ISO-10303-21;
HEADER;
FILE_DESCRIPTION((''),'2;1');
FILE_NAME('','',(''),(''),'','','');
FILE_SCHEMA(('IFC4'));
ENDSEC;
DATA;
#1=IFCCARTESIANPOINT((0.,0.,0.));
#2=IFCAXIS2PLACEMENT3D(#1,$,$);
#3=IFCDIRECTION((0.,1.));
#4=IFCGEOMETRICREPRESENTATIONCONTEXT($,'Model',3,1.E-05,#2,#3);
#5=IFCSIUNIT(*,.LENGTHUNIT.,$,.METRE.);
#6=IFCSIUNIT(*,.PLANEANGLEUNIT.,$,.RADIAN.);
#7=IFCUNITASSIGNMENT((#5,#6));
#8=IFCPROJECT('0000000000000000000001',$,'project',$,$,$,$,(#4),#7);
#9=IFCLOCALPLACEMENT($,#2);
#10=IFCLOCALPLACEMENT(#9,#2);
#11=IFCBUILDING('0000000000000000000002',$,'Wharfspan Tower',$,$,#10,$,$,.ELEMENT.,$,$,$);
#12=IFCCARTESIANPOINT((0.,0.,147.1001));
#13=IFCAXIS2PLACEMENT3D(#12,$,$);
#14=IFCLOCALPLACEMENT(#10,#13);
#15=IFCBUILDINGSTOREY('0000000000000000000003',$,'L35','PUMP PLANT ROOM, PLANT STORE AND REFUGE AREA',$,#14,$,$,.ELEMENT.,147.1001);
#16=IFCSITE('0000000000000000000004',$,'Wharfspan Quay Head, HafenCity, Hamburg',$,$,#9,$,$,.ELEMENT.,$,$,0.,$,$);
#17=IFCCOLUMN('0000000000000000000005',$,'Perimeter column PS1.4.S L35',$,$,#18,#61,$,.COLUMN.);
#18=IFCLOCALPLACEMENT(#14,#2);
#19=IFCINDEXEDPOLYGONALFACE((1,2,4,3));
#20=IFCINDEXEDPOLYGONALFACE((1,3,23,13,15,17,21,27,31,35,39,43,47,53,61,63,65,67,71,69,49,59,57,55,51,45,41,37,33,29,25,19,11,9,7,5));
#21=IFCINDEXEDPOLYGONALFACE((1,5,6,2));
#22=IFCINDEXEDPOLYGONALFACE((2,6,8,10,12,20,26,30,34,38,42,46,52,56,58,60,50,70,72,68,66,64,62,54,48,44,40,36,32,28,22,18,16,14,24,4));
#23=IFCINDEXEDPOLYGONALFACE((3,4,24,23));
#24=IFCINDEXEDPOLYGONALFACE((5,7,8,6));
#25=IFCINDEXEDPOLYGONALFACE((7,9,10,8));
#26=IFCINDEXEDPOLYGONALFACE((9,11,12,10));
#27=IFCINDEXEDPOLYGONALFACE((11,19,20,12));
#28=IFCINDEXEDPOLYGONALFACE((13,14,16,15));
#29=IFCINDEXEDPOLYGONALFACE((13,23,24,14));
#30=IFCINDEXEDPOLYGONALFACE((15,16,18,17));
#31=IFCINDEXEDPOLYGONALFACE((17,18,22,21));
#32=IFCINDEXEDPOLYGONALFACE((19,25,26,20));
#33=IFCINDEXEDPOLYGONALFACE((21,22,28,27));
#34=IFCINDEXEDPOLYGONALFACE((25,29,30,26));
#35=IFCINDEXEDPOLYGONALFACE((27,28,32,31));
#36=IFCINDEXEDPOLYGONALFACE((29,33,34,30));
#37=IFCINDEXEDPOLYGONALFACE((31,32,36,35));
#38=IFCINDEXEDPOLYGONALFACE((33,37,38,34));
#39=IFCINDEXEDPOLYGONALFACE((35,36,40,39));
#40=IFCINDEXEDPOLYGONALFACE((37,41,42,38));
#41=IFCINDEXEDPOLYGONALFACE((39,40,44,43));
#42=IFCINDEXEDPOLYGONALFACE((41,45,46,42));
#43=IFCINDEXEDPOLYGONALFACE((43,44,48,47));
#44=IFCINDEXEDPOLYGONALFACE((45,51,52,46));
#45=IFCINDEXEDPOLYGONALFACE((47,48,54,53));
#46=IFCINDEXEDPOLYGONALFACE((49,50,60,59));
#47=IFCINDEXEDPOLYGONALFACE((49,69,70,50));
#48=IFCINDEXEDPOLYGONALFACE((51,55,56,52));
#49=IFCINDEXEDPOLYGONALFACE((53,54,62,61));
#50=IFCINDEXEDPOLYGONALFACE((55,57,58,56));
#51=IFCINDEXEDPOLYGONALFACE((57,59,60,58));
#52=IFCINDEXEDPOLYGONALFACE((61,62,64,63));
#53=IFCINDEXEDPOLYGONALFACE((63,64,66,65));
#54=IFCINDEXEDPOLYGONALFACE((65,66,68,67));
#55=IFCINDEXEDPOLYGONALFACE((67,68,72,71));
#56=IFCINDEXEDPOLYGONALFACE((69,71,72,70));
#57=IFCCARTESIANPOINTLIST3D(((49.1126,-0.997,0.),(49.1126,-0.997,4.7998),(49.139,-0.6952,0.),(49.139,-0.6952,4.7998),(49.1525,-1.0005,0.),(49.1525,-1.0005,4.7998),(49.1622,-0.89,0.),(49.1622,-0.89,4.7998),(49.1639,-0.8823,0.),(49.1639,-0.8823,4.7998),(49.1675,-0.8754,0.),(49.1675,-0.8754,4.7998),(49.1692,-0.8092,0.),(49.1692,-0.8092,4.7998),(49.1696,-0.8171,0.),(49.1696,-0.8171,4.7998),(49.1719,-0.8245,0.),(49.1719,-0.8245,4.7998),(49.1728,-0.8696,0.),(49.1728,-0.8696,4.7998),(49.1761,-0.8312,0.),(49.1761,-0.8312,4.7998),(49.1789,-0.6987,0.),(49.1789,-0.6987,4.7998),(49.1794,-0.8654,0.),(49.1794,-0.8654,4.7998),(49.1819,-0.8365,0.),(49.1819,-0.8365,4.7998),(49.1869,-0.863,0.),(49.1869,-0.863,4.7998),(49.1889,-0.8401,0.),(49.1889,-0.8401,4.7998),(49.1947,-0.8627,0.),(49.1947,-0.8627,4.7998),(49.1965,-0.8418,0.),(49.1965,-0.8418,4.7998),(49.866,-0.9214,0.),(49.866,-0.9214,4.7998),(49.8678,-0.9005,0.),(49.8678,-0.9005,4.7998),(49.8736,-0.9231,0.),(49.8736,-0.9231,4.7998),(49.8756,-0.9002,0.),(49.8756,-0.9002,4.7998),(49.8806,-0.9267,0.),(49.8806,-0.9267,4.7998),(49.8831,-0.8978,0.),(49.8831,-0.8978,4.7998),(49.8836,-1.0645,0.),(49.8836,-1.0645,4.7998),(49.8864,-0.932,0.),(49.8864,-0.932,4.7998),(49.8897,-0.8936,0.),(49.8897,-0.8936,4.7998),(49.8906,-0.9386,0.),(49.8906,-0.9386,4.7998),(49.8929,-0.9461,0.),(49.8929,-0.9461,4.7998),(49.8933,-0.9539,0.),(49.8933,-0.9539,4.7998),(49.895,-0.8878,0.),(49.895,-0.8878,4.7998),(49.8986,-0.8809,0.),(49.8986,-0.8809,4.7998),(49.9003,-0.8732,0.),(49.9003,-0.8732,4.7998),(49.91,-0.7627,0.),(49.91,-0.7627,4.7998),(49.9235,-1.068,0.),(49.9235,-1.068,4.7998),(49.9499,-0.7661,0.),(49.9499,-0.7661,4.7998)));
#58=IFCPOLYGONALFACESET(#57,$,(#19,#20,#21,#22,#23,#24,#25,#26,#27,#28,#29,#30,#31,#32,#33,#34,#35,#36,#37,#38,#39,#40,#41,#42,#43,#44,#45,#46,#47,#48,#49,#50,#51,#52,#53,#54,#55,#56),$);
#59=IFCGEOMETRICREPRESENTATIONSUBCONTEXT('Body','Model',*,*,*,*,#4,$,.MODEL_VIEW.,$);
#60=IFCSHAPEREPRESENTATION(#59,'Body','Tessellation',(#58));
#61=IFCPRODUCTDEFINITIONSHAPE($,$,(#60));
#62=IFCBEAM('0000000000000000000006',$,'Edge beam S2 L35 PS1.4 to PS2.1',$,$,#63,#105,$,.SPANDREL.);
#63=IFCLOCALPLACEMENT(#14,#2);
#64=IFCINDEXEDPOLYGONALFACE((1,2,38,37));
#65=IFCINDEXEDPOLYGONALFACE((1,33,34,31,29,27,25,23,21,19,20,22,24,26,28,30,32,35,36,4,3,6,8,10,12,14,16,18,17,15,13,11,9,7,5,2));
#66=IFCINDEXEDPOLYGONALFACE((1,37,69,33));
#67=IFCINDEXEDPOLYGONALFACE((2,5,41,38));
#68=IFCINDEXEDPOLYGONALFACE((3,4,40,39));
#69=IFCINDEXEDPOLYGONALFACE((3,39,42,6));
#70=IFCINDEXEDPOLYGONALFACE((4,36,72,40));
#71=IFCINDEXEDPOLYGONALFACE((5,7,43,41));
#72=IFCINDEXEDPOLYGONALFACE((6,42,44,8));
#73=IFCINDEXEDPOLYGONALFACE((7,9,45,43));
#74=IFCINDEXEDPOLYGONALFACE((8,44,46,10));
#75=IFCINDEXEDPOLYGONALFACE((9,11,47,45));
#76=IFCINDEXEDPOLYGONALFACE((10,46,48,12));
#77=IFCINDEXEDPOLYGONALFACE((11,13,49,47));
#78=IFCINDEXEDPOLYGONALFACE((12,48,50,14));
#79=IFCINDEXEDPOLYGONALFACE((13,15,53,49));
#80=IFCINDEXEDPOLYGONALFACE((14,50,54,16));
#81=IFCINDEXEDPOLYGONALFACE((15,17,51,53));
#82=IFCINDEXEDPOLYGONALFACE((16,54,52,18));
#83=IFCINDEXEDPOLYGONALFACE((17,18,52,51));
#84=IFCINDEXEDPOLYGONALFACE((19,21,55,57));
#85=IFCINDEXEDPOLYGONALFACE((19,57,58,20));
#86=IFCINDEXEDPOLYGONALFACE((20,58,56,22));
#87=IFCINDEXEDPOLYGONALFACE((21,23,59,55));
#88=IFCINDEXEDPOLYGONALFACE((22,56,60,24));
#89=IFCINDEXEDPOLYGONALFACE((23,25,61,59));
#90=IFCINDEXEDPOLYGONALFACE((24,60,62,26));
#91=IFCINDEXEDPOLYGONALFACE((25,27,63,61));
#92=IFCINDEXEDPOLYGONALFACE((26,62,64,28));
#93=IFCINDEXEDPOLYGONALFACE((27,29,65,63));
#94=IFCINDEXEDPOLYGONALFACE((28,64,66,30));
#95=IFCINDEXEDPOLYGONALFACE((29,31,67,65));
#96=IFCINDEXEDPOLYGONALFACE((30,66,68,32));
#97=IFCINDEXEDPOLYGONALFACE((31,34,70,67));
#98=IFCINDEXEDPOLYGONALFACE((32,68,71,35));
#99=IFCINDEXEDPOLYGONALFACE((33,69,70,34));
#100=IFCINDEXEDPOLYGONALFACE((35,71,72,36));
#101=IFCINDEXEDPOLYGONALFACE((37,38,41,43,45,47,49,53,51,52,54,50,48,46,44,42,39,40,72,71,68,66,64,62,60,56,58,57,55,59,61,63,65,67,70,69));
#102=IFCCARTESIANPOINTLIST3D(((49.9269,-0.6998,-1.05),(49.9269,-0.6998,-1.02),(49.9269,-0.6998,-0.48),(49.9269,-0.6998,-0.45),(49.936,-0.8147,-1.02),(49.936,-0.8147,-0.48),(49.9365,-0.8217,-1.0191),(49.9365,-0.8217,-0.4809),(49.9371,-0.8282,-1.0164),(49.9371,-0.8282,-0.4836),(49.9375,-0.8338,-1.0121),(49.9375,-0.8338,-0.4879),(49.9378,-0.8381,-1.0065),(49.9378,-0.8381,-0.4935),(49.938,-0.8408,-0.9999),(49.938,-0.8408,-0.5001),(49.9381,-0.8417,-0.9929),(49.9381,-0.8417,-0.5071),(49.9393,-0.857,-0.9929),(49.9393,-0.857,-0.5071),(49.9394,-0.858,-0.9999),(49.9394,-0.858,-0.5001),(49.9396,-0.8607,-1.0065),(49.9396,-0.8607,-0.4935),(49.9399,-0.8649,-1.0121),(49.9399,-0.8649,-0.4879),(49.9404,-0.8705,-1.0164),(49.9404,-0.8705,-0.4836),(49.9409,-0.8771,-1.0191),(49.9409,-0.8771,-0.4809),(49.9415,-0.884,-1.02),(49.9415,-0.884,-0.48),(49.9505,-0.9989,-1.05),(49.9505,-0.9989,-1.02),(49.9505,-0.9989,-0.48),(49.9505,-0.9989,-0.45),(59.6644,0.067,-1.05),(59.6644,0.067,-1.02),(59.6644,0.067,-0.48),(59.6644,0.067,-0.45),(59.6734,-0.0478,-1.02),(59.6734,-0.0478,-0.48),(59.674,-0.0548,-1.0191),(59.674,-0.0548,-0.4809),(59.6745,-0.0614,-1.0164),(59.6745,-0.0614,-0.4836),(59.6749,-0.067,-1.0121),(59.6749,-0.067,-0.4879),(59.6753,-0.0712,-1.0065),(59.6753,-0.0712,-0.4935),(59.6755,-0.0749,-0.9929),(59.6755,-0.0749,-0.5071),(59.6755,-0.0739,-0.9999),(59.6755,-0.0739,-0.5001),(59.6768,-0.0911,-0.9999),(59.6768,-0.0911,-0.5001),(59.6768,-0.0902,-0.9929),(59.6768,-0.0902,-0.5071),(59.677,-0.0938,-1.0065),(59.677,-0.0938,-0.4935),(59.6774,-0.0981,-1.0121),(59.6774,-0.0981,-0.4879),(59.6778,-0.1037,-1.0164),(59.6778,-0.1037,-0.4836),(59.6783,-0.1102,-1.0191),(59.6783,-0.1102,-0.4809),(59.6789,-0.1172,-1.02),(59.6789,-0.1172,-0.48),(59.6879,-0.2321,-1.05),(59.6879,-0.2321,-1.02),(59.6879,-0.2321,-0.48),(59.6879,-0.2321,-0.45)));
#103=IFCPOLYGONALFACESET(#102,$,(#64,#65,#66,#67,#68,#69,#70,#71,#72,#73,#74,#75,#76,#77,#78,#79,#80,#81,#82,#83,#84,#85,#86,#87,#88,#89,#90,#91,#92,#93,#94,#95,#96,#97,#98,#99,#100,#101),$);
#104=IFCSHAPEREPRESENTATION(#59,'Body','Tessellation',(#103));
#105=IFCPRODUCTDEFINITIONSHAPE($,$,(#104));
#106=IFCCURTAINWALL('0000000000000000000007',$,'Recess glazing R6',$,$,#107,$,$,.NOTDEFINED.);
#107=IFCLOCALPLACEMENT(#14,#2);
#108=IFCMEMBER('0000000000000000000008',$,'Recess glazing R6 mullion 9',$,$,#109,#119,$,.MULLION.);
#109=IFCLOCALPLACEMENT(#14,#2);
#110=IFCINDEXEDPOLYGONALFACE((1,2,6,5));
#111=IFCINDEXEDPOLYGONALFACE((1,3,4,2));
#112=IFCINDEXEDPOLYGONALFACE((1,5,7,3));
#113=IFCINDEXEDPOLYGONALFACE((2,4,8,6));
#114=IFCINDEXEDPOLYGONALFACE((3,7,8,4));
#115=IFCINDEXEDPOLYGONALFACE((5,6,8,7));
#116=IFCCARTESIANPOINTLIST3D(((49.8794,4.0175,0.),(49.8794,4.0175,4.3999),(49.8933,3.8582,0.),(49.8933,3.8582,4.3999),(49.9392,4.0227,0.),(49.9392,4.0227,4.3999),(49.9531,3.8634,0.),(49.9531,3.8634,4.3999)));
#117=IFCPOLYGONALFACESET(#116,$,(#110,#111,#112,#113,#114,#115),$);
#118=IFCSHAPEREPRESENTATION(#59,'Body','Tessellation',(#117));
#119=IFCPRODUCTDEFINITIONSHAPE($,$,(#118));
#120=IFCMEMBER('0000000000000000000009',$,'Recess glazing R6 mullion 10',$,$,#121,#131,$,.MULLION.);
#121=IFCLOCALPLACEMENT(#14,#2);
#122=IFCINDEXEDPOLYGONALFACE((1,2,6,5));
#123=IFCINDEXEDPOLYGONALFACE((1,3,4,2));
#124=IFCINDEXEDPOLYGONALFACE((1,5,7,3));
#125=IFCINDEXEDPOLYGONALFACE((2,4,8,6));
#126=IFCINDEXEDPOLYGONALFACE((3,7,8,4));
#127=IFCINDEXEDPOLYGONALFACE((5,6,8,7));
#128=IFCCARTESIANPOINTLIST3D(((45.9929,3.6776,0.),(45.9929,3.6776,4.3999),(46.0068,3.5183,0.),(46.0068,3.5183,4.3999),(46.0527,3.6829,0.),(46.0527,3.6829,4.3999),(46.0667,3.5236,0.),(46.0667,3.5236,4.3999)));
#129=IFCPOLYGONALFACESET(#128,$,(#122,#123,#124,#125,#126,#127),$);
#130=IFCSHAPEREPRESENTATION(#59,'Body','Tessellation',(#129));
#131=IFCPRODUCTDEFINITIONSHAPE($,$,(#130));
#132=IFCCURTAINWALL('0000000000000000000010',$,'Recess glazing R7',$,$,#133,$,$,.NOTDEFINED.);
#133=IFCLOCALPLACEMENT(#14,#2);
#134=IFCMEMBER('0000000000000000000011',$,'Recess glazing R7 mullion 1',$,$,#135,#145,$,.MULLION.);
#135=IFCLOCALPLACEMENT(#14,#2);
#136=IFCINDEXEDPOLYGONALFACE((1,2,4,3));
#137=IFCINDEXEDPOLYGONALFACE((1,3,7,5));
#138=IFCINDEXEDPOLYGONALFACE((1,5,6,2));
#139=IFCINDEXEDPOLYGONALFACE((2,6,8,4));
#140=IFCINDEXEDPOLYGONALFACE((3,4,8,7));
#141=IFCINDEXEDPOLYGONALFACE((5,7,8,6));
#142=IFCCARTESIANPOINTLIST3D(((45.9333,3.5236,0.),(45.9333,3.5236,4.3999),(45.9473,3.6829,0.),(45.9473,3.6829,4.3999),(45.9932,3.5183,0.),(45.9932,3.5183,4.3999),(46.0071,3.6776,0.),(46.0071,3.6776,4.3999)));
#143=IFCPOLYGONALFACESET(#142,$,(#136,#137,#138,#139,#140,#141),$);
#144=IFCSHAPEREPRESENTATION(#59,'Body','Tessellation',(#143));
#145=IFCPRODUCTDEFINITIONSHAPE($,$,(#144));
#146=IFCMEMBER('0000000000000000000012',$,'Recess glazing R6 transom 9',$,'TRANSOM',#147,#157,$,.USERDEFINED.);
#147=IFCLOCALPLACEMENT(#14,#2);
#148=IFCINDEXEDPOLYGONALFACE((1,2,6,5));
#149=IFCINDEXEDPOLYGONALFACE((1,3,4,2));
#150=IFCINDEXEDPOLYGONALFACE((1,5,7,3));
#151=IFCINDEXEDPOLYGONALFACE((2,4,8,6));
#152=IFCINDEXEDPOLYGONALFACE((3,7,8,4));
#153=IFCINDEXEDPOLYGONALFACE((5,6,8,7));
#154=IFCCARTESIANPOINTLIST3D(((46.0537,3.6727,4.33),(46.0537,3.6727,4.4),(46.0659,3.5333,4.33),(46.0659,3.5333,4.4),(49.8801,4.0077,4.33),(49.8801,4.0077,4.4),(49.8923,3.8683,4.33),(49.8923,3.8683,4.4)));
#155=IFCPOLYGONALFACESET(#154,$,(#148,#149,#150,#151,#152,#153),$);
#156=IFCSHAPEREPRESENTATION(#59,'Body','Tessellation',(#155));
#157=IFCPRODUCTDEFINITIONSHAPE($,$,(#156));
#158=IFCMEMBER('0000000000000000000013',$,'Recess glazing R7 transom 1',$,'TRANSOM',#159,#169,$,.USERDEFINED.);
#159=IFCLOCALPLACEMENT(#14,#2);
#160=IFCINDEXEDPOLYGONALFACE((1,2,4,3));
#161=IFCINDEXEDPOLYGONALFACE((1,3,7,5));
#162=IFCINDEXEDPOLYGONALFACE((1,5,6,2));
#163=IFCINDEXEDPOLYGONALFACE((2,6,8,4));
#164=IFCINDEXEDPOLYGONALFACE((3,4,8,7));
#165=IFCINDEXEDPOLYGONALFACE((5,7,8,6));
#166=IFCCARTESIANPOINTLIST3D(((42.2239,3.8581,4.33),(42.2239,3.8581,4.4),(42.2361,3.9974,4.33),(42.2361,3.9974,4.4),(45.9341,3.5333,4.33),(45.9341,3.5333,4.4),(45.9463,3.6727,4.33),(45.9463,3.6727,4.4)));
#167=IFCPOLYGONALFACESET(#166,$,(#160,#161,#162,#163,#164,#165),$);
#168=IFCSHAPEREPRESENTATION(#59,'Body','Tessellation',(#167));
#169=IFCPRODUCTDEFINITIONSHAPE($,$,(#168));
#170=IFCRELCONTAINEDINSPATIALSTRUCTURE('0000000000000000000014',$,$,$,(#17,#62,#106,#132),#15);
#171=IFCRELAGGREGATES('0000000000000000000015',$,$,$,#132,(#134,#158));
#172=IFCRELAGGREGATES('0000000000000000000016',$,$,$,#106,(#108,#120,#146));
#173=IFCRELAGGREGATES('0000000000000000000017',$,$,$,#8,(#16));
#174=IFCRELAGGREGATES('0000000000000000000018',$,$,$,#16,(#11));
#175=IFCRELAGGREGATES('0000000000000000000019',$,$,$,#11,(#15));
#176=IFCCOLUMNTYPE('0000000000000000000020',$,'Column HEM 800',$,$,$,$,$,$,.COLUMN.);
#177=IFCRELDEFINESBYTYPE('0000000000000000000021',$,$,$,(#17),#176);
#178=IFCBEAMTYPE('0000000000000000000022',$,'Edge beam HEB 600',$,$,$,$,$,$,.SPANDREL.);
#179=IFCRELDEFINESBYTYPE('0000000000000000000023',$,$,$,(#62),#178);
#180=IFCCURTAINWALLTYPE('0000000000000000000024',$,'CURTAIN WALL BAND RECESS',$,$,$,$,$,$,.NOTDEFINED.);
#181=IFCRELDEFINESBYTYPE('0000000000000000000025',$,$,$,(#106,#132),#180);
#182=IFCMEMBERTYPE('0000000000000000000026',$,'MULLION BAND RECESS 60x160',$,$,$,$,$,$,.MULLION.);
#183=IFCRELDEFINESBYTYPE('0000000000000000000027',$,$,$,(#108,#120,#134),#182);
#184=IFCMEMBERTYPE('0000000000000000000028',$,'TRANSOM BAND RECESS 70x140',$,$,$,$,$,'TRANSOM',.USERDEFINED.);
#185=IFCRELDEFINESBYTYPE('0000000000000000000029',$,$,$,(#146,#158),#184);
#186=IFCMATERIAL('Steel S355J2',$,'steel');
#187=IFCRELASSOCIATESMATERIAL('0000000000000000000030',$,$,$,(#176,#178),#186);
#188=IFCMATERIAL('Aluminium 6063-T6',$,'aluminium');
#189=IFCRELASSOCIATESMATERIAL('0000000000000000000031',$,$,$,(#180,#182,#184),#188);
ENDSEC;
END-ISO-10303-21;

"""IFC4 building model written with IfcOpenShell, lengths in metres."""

from ifc_helpers import new_model, si_unit, direction, frame, origin, origin_2d, place, context, subcontext, project, spatial, rectangle, i_section, extrude, material, material_profile, profile_set, type_object, element, aggregate, save


model = new_model("IFC4")

# Units and contexts
model_context = context("Model", 3, precision=1e-05, world=origin(), true_north=direction((0.0, 1.0)))
body_context = subcontext(model_context, "Body", "Model", "MODEL_VIEW")
ifc_project = project(units=[si_unit("LENGTHUNIT", "METRE"), si_unit("PLANEANGLEUNIT", "RADIAN")], contexts=[model_context])

# Site, building, storey
site_placement = place(None, origin())
site = spatial("IfcSite", under=ifc_project, at=site_placement, Name="Wharfspan Quay Head, HafenCity, Hamburg", CompositionType="ELEMENT", RefElevation=0.0)
building_placement = place(site_placement, origin())
building = spatial("IfcBuilding", under=site, at=building_placement, Name="Wharfspan Tower", CompositionType="ELEMENT")
storey_placement = place(building_placement, frame((0.0, 0.0, 147.1001)))
storey = spatial("IfcBuildingStorey", under=building, at=storey_placement, Name="L35", Description="PUMP PLANT ROOM, PLANT STORE AND REFUGE AREA", CompositionType="ELEMENT", Elevation=147.1001)

# Column
ifc_material_1 = material(Name="Steel S355J2", Category="steel")
ifc_material_profile_1 = material_profile(ifc_material_1, i_section(OverallWidth=0.303, OverallDepth=0.814, WebThickness=0.021, FlangeThickness=0.04, FilletRadius=0.03, at=origin_2d()))
ifc_profile_set_1 = profile_set([ifc_material_profile_1], Name="Steel S355J2")
column_type = type_object("IfcColumnType", Name="Column HEM 800", PredefinedType="COLUMN", material=ifc_profile_set_1)
column_placement = place(storey_placement, frame((49.5312, -0.8816, 0.0), z_axis=(0.0, 0.0, 1.0), x_axis=(-0.087156, -0.996198, 0.0)))
element("IfcColumn", 1, at=column_placement, inside=storey, type_object=column_type, Name="Perimeter column PS1.4.S L35", PredefinedType="COLUMN", context=body_context, shape_type="SweptSolid", body=[
    extrude(i_section(OverallWidth=0.303, OverallDepth=0.814, WebThickness=0.021, FlangeThickness=0.04, FilletRadius=0.03, at=origin_2d()), origin(), (0.0, 0.0, 1.0), 4.7998),
])

# Beam
ifc_material_profile_2 = material_profile(ifc_material_1, i_section(OverallWidth=0.3, OverallDepth=0.6001, WebThickness=0.0154, FlangeThickness=0.03, FilletRadius=0.0271, at=origin_2d()))
ifc_profile_set_2 = profile_set([ifc_material_profile_2], Name="Steel S355J2")
beam_type = type_object("IfcBeamType", Name="Edge beam HEB 600", PredefinedType="SPANDREL", material=ifc_profile_set_2)
beam_placement = place(storey_placement, frame((49.9387, -0.8494, -0.75), z_axis=(0.996913, 0.078508, 0.0), x_axis=(-0.078508, 0.996913, 0.0)))
element("IfcBeam", 2, at=beam_placement, inside=storey, type_object=beam_type, Name="Edge beam S2 L35 PS1.4 to PS2.1", PredefinedType="SPANDREL", context=body_context, shape_type="SweptSolid", body=[
    extrude(i_section(OverallWidth=0.3, OverallDepth=0.6001, WebThickness=0.0154, FlangeThickness=0.03, FilletRadius=0.0271, at=origin_2d()), origin(), (0.0, 0.0, 1.0), 9.7676),
])

# Curtain wall, members
ifc_material_2 = material(Name="Aluminium 6063-T6", Category="aluminium")
curtain_wall_type = type_object("IfcCurtainWallType", Name="CURTAIN WALL BAND RECESS", PredefinedType="NOTDEFINED", material=ifc_material_2)
curtain_wall_1_placement = place(storey_placement, origin())
curtain_wall_1 = element("IfcCurtainWall", 3, at=curtain_wall_1_placement, inside=storey, type_object=curtain_wall_type, Name="Recess glazing R6", PredefinedType="NOTDEFINED")
ifc_material_profile_3 = material_profile(ifc_material_2, rectangle(XDim=0.1599, YDim=0.0601, at=origin_2d()))
ifc_profile_set_3 = profile_set([ifc_material_profile_3], Name="Aluminium 6063-T6")
member_type_1 = type_object("IfcMemberType", Name="MULLION BAND RECESS 60x160", PredefinedType="MULLION", material=ifc_profile_set_3)
member_1_placement = place(storey_placement, frame((49.9163, 3.9404, 0.0), z_axis=(0.0, 0.0, 1.0), x_axis=(0.087156, -0.996198, 0.0)))
member_1 = element("IfcMember", 4, at=member_1_placement, type_object=member_type_1, Name="Recess glazing R6 mullion 9", PredefinedType="MULLION", context=body_context, shape_type="SweptSolid", body=[
    extrude(rectangle(XDim=0.1599, YDim=0.0601, at=origin_2d()), origin(), (0.0, 0.0, 1.0), 4.3999),
])
member_2_placement = place(storey_placement, frame((46.0298, 3.6006, 0.0), z_axis=(0.0, 0.0, 1.0), x_axis=(0.087156, -0.996198, 0.0)))
member_2 = element("IfcMember", 5, at=member_2_placement, type_object=member_type_1, Name="Recess glazing R6 mullion 10", PredefinedType="MULLION", context=body_context, shape_type="SweptSolid", body=[
    extrude(rectangle(XDim=0.1599, YDim=0.0601, at=origin_2d()), origin(), (0.0, 0.0, 1.0), 4.3999),
])

# Curtain wall, member
curtain_wall_2_placement = place(storey_placement, origin())
curtain_wall_2 = element("IfcCurtainWall", 6, at=curtain_wall_2_placement, inside=storey, type_object=curtain_wall_type, Name="Recess glazing R7", PredefinedType="NOTDEFINED")
member_3_placement = place(storey_placement, frame((45.9702, 3.6006, 0.0), z_axis=(0.0, 0.0, 1.0), x_axis=(-0.087156, -0.996198, 0.0)))
member_3 = element("IfcMember", 7, at=member_3_placement, type_object=member_type_1, Name="Recess glazing R7 mullion 1", PredefinedType="MULLION", context=body_context, shape_type="SweptSolid", body=[
    extrude(rectangle(XDim=0.1599, YDim=0.0601, at=origin_2d()), origin(), (0.0, 0.0, 1.0), 4.3999),
])

# Members
ifc_material_profile_4 = material_profile(ifc_material_2, rectangle(XDim=0.1399, YDim=0.0701, at=origin_2d()))
ifc_profile_set_4 = profile_set([ifc_material_profile_4], Name="Aluminium 6063-T6")
member_type_2 = type_object("IfcMemberType", Name="TRANSOM BAND RECESS 70x140", ElementType="TRANSOM", PredefinedType="USERDEFINED", material=ifc_profile_set_4)
member_4_placement = place(storey_placement, frame((49.8862, 3.938, 4.365), z_axis=(-0.99619, -0.087206, 0.0), x_axis=(0.087206, -0.99619, 0.0)))
member_4 = element("IfcMember", 8, at=member_4_placement, type_object=member_type_2, Name="Recess glazing R6 transom 9", ObjectType="TRANSOM", PredefinedType="USERDEFINED", context=body_context, shape_type="SweptSolid", body=[
    extrude(rectangle(XDim=0.1399, YDim=0.0701, at=origin_2d()), origin(), (0.0, 0.0, 1.0), 3.8411),
])
member_5_placement = place(storey_placement, frame((45.9402, 3.603, 4.365), z_axis=(-0.996192, 0.087184, 0.0), x_axis=(-0.087184, -0.996192, 0.0)))
member_5 = element("IfcMember", 9, at=member_5_placement, type_object=member_type_2, Name="Recess glazing R7 transom 1", ObjectType="TRANSOM", PredefinedType="USERDEFINED", context=body_context, shape_type="SweptSolid", body=[
    extrude(rectangle(XDim=0.1399, YDim=0.0701, at=origin_2d()), origin(), (0.0, 0.0, 1.0), 3.7244),
])
aggregate(curtain_wall_2, [member_3, member_5])

aggregate(curtain_wall_1, [member_1, member_2, member_4])

save(model, "model.ifc")
